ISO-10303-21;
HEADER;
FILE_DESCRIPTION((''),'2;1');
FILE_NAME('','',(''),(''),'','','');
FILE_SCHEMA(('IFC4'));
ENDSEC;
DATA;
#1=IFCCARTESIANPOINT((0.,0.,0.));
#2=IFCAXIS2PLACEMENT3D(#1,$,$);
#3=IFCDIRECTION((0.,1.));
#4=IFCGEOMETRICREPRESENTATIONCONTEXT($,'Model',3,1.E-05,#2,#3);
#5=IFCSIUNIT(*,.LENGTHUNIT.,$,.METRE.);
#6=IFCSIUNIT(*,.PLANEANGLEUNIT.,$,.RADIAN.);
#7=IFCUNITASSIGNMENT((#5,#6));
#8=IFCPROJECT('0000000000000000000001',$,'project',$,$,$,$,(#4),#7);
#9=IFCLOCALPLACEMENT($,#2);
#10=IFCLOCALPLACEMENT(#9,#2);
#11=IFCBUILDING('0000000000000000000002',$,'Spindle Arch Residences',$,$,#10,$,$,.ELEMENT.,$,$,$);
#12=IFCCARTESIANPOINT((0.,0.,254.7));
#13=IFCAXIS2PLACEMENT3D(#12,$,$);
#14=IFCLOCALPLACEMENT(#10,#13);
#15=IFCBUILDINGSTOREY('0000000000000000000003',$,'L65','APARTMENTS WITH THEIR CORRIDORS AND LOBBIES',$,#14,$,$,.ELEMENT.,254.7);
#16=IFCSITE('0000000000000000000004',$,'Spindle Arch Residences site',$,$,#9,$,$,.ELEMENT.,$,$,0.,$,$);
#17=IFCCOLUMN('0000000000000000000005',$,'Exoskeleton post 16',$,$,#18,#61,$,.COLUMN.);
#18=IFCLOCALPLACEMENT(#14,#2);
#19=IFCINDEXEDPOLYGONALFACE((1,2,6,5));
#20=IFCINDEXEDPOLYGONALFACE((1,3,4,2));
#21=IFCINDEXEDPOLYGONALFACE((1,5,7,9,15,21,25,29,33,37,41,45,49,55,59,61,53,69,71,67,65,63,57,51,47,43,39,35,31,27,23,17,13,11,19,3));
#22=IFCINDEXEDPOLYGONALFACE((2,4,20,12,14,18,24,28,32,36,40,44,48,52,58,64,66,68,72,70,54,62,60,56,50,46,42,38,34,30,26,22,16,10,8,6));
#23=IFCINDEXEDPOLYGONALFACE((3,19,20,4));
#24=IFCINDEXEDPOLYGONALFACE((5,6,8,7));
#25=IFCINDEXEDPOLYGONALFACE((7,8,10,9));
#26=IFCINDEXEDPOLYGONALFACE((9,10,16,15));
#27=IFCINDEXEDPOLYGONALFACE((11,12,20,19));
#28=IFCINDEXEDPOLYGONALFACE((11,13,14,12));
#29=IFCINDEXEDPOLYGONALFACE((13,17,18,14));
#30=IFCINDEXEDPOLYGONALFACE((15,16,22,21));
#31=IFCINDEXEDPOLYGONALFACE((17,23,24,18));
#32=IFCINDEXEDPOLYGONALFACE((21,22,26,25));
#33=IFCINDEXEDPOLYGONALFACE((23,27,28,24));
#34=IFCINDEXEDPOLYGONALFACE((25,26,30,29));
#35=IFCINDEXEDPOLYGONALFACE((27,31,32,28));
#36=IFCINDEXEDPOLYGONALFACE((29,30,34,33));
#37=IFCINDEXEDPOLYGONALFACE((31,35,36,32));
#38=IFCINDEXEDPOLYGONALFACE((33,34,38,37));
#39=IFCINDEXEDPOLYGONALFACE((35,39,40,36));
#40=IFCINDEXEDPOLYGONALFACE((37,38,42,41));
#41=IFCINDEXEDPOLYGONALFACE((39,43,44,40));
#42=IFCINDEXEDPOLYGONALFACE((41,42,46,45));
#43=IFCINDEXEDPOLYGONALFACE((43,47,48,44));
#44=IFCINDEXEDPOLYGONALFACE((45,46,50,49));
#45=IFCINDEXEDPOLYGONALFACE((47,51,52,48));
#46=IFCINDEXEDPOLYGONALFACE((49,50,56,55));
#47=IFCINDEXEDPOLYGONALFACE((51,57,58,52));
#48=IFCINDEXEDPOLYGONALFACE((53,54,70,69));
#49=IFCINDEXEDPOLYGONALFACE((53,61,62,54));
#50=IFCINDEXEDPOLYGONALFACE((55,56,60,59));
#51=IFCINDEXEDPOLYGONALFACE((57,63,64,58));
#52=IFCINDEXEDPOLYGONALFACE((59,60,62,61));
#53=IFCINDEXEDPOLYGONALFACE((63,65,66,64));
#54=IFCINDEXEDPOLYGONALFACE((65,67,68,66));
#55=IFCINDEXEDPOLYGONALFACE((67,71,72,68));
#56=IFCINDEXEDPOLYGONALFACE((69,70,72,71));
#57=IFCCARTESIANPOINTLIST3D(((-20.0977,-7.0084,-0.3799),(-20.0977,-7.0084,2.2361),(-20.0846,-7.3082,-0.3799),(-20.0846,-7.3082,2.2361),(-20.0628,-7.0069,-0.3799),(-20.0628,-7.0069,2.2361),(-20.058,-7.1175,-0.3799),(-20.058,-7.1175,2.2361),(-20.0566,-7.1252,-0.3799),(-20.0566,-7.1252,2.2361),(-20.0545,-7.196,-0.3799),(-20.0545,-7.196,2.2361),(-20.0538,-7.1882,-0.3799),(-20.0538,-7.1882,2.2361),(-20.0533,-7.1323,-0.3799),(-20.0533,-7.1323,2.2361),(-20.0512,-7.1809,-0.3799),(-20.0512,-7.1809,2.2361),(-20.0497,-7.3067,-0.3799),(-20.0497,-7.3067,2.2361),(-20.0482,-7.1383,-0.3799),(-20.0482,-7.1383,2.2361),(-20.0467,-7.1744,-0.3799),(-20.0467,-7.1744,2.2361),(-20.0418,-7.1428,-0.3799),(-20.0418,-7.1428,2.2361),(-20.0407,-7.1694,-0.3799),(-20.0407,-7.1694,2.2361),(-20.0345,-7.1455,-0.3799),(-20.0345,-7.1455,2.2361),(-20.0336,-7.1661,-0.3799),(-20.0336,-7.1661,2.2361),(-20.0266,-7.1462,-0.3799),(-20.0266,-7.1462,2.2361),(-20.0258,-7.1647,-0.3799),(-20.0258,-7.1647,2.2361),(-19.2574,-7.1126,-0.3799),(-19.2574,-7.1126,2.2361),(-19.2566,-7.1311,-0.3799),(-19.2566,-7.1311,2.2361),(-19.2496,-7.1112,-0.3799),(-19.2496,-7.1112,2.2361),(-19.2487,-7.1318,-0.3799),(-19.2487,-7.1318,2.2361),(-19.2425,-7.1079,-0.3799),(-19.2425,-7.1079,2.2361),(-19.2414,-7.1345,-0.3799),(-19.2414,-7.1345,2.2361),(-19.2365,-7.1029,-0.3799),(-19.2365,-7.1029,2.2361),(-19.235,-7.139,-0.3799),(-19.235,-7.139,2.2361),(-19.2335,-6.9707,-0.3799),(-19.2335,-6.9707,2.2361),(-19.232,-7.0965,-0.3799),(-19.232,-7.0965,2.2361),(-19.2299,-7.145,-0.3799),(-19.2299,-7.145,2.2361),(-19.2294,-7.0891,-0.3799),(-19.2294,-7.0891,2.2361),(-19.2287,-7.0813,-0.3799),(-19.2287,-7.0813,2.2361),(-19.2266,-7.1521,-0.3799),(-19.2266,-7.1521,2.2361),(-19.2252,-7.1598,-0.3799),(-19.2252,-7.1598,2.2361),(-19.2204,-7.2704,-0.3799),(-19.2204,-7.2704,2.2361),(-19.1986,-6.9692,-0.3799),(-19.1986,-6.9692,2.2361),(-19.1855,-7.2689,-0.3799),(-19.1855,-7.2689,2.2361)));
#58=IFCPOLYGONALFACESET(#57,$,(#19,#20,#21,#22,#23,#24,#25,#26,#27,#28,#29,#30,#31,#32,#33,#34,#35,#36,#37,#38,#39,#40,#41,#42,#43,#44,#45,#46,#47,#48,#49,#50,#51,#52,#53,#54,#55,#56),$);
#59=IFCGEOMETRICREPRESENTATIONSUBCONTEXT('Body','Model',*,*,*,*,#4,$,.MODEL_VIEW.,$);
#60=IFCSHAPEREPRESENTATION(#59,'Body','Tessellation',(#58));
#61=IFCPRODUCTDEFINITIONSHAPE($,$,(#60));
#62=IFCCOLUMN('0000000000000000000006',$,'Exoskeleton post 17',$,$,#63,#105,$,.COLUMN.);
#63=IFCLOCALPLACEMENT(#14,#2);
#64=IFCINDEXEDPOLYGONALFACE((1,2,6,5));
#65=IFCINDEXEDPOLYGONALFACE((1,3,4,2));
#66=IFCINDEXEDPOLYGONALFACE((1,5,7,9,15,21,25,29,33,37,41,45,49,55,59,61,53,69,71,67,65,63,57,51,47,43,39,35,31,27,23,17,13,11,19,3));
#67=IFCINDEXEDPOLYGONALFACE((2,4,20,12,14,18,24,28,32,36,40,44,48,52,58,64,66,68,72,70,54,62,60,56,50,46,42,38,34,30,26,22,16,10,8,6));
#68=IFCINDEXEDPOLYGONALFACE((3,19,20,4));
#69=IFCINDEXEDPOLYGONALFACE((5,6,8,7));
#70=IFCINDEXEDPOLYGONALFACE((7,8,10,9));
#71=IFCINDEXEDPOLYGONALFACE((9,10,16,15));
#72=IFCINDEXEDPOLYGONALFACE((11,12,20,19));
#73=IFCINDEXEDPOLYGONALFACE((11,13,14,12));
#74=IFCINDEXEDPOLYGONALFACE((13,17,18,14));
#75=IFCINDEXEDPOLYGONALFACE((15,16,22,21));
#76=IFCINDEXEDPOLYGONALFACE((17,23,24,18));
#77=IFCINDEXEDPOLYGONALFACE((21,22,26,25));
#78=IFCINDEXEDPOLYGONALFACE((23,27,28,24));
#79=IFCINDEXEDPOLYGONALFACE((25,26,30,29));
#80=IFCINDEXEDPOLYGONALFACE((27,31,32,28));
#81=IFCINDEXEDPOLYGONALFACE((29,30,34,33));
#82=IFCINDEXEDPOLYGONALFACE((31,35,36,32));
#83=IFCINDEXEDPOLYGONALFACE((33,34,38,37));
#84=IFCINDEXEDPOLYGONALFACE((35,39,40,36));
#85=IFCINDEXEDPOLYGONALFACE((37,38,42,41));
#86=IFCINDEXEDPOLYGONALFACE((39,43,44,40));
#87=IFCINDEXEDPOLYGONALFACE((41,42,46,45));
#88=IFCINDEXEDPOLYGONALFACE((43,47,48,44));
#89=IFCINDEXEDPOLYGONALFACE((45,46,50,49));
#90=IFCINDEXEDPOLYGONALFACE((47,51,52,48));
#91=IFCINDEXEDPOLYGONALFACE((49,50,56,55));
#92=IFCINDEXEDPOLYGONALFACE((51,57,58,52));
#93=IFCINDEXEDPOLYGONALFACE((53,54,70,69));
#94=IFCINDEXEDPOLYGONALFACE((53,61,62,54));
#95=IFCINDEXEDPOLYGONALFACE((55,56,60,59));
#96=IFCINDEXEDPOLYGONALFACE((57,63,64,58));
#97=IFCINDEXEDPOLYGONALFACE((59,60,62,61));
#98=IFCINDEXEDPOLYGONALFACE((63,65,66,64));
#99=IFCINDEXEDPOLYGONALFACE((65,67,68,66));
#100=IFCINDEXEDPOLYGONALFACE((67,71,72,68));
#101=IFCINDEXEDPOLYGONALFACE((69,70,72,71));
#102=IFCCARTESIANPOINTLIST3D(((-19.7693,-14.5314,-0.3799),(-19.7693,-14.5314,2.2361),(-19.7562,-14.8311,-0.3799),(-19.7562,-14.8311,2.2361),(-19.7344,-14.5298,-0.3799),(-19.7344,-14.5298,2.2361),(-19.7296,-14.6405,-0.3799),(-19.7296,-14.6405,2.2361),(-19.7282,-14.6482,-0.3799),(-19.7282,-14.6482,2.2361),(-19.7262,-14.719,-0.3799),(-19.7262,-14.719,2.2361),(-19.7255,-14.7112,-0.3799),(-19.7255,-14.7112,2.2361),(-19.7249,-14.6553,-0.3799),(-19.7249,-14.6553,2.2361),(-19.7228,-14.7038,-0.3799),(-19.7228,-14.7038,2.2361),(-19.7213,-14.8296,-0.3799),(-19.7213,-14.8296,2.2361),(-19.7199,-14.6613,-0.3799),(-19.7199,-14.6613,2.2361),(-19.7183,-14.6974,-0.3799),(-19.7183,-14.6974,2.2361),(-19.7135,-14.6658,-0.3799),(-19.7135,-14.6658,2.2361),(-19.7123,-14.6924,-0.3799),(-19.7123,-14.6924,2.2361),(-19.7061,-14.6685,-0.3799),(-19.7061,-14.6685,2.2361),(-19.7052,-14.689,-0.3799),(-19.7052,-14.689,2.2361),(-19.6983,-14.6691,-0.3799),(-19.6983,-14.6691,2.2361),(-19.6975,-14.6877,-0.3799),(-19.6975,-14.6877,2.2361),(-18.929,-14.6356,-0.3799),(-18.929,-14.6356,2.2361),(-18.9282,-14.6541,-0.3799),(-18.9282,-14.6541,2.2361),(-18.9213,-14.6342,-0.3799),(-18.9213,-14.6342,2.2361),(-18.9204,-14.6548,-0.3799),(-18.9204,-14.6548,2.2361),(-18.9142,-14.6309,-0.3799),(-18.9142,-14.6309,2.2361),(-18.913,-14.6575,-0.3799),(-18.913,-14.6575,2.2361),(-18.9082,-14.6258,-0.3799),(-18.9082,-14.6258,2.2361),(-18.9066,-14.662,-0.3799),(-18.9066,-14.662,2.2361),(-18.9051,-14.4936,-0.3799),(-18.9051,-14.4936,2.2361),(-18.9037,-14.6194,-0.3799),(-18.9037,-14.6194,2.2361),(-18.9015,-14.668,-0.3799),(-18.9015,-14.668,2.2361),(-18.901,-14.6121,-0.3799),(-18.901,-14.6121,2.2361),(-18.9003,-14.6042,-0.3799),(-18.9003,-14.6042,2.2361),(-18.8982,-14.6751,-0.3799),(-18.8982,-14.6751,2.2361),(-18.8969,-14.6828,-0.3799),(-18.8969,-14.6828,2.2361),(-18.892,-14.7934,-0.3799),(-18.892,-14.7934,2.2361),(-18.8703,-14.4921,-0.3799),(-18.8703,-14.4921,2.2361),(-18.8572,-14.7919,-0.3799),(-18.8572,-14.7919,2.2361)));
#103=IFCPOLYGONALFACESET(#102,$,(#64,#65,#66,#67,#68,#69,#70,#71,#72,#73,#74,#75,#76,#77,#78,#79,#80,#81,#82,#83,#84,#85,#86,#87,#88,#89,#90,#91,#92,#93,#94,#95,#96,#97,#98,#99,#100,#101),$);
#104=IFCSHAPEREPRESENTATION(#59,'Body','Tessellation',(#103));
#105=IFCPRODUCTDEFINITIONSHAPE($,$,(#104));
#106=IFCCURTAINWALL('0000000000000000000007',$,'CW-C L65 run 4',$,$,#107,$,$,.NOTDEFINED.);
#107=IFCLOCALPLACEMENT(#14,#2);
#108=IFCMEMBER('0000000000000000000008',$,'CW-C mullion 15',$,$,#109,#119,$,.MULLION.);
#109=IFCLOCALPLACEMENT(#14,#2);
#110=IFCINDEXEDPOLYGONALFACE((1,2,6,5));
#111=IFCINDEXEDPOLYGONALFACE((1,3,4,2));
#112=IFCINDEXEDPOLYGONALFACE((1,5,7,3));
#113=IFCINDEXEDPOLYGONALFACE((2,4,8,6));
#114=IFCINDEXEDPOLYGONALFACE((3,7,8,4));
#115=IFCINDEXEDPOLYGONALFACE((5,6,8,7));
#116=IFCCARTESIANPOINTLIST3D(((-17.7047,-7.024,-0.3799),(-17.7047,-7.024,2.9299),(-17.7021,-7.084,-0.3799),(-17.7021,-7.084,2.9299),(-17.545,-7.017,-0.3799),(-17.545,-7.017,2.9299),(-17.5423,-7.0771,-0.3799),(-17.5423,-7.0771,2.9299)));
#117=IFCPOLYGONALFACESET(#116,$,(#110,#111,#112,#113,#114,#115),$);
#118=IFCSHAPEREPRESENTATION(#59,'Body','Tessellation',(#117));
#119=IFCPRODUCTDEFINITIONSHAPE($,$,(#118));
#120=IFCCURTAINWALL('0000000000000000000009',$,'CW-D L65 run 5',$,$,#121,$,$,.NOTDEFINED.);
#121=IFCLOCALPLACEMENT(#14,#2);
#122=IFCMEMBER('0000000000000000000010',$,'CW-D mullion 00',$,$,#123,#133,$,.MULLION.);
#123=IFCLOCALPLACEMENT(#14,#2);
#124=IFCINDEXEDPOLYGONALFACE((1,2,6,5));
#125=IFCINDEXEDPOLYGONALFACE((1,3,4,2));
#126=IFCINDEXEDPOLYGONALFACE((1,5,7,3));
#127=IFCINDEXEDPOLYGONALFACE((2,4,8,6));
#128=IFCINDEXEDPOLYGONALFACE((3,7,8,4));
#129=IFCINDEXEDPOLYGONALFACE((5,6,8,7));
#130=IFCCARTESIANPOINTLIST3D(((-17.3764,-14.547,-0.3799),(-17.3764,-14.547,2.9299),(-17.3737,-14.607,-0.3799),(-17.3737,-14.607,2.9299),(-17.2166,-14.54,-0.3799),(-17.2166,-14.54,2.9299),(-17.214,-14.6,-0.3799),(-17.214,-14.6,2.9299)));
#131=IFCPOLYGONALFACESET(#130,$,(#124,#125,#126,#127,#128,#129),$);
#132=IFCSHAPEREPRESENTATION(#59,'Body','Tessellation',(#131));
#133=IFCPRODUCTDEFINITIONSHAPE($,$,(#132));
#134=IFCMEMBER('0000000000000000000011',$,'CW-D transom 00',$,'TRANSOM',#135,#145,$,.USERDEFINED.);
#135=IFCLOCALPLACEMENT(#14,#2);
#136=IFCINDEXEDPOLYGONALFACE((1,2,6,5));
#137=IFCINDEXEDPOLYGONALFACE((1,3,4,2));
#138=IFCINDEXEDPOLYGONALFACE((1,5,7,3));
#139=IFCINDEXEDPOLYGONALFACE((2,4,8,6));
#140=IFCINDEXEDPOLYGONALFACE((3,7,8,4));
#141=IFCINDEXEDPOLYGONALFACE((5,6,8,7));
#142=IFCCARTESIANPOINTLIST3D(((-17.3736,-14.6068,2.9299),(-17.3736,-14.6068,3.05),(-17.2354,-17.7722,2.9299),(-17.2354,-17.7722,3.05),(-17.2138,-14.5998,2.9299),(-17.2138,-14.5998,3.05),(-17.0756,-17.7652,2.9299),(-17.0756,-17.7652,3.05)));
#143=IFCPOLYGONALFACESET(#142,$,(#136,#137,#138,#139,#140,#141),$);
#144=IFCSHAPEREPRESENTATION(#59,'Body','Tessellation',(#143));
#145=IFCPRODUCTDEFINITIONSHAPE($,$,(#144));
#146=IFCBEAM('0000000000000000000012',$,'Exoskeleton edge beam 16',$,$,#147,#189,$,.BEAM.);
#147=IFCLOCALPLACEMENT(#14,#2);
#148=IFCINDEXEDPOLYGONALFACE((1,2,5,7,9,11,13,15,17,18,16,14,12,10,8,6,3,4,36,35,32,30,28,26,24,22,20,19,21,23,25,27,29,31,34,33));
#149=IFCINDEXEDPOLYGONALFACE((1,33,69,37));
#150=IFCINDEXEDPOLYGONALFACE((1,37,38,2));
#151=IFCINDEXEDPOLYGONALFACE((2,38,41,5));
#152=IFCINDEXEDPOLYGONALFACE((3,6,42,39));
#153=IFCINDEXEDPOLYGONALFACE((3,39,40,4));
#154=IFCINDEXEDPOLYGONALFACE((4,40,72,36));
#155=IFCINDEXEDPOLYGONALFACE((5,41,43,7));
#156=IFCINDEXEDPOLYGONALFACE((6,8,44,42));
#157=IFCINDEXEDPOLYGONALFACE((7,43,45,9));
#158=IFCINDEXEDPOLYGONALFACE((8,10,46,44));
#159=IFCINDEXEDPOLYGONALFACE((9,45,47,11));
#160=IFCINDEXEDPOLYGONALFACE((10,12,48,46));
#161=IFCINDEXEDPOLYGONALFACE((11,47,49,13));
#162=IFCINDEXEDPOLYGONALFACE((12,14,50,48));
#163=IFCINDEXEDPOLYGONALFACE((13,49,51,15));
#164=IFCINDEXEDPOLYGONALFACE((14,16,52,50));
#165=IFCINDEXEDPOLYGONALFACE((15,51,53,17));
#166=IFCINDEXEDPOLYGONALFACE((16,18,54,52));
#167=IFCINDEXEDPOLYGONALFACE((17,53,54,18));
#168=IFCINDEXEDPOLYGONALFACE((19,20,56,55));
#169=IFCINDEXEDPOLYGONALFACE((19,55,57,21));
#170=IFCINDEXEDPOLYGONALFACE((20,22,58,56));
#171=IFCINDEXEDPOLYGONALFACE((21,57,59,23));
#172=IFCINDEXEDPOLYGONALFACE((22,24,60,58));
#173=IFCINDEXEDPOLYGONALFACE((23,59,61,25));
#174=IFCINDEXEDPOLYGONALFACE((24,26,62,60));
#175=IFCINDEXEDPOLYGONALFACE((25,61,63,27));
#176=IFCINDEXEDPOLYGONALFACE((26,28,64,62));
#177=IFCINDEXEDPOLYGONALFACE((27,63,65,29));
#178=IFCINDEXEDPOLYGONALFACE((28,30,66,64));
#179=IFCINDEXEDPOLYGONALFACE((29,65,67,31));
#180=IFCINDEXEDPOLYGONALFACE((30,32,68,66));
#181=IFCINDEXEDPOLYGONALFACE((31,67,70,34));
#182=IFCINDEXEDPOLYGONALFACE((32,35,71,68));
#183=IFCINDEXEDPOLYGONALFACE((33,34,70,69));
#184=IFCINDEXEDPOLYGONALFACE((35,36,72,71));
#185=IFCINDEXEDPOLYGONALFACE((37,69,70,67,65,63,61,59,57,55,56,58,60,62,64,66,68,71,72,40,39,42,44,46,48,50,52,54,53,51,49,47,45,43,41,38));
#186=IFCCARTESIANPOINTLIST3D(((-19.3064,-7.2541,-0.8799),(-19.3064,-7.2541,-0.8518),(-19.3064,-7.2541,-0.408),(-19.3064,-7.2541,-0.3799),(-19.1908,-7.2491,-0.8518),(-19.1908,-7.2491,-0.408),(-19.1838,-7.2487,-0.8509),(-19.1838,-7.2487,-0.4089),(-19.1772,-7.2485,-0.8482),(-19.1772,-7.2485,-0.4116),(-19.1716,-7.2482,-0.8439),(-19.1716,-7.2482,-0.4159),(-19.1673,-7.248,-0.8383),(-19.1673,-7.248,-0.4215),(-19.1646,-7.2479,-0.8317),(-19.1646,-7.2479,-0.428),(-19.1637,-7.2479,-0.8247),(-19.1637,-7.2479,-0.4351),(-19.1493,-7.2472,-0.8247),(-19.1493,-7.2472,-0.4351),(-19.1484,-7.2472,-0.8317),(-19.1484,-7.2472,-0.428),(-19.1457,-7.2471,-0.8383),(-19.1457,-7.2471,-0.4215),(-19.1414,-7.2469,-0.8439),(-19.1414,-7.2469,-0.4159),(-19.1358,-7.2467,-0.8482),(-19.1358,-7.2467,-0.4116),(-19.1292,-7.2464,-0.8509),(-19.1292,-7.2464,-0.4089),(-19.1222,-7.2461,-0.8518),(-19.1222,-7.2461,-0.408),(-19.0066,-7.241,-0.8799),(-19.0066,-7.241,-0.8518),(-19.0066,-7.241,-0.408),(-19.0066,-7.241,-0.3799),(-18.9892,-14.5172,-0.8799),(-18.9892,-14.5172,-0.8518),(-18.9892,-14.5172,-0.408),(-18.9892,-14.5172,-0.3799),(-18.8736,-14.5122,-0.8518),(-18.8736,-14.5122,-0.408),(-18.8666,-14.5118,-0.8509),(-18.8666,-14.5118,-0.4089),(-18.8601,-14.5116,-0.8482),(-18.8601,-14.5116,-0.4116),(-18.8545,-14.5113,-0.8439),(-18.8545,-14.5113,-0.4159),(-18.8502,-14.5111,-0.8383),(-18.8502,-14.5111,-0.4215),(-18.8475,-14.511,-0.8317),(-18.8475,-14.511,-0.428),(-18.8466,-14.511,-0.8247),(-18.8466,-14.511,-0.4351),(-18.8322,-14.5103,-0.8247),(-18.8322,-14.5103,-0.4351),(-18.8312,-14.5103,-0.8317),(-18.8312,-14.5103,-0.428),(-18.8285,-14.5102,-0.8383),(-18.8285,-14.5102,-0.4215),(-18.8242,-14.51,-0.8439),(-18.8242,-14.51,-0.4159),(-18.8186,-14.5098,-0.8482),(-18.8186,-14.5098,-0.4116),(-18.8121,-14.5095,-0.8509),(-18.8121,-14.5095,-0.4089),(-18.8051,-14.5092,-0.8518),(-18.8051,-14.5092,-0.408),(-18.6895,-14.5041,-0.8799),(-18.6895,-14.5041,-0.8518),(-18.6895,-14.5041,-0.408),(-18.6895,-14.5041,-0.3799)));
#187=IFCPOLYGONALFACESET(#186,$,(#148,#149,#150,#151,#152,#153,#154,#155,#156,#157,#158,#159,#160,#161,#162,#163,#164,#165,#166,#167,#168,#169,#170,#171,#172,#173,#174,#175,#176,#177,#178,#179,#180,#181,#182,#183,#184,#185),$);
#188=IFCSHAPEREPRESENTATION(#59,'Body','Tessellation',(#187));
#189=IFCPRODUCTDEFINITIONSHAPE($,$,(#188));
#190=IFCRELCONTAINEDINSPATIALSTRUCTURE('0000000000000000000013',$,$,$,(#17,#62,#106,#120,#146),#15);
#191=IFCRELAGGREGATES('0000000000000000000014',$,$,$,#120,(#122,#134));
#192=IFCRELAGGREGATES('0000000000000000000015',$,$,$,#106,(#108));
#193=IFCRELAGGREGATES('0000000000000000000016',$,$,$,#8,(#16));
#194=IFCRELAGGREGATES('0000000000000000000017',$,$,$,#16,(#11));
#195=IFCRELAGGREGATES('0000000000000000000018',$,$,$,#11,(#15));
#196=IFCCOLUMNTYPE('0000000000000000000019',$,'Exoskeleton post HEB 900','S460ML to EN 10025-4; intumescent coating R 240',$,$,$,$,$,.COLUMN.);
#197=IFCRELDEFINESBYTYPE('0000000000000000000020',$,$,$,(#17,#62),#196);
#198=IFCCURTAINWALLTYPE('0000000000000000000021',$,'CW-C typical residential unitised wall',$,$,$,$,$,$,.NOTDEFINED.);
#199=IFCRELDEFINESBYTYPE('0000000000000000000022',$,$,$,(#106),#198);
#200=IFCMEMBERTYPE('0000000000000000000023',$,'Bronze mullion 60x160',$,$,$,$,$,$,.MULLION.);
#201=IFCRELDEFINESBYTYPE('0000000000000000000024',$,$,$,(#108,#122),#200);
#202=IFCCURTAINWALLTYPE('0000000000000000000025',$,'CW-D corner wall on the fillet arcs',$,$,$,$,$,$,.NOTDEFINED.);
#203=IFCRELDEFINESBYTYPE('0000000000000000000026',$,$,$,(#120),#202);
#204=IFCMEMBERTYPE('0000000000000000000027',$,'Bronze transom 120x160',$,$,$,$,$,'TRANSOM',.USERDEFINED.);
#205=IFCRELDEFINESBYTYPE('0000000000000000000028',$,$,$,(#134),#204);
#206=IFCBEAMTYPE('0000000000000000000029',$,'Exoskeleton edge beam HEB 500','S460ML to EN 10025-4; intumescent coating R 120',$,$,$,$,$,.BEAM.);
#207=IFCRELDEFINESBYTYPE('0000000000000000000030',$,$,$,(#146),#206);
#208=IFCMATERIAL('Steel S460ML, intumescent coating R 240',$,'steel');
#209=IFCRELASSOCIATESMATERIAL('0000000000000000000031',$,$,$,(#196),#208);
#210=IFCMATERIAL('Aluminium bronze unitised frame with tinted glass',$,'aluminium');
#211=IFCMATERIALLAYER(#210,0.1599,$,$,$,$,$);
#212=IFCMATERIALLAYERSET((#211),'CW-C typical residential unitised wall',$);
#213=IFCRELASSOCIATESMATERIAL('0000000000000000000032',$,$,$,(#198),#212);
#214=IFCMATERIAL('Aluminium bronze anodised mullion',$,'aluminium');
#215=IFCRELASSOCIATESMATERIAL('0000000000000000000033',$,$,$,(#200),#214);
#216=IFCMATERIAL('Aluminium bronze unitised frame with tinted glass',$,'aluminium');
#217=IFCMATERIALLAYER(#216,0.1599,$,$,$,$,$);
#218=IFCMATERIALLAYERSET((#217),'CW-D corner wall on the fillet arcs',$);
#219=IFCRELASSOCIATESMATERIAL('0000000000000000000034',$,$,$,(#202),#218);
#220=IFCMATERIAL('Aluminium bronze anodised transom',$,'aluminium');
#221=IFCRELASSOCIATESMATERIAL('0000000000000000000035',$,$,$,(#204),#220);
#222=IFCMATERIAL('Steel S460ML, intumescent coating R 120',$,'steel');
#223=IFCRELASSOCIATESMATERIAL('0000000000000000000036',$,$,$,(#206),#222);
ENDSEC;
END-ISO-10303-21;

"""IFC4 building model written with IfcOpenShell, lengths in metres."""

from ifc_helpers import new_model, si_unit, direction, frame, origin, origin_2d, place, context, subcontext, project, spatial, rectangle, i_section, extrude, material, layer, layer_set, material_profile, profile_set, type_object, element, aggregate, save


model = new_model("IFC4")

# Units and contexts
model_context = context("Model", 3, precision=1e-05, world=origin(), true_north=direction((0.0, 1.0)))
body_context = subcontext(model_context, "Body", "Model", "MODEL_VIEW")
ifc_project = project(units=[si_unit("LENGTHUNIT", "METRE"), si_unit("PLANEANGLEUNIT", "RADIAN")], contexts=[model_context])

# Site, building, storey
site_placement = place(None, origin())
site = spatial("IfcSite", under=ifc_project, at=site_placement, Name="Spindle Arch Residences site", CompositionType="ELEMENT", RefElevation=0.0)
building_placement = place(site_placement, origin())
building = spatial("IfcBuilding", under=site, at=building_placement, Name="Spindle Arch Residences", CompositionType="ELEMENT")
storey_placement = place(building_placement, frame((0.0, 0.0, 254.7)))
storey = spatial("IfcBuildingStorey", under=building, at=storey_placement, Name="L65", Description="APARTMENTS WITH THEIR CORRIDORS AND LOBBIES", CompositionType="ELEMENT", Elevation=254.7)

# Columns
ifc_material_1 = material(Name="Steel S460ML, intumescent coating R 240", Category="steel")
ifc_material_profile_1 = material_profile(ifc_material_1, i_section(OverallWidth=0.3, OverallDepth=0.8999, WebThickness=0.0186, FlangeThickness=0.0349, FilletRadius=0.03, at=origin_2d()), Name="HEB 900")
ifc_profile_set_1 = profile_set([ifc_material_profile_1], Name="Steel S460ML, intumescent coating R 240")
column_type = type_object("IfcColumnType", Name="Exoskeleton post HEB 900", Description="S460ML to EN 10025-4; intumescent coating R 240", PredefinedType="COLUMN", material=ifc_profile_set_1)
for number, where, z_axis, x_axis, name in (
    (1, (-19.6416, -7.1387, -0.3799), (0.0, 0.0, 1.0), (-0.043619, 0.999048, 0.0), "Exoskeleton post 16"),
    (2, (-19.3132, -14.6616, -0.3799), (0.0, 0.0, 1.0), (-0.043619, 0.999048, 0.0), "Exoskeleton post 17"),
):
    element("IfcColumn", number, at=place(storey_placement, frame(where, z_axis=z_axis, x_axis=x_axis)), inside=storey, type_object=column_type, Name=name, PredefinedType="COLUMN", context=body_context, shape_type="SweptSolid", body=[
        extrude(i_section(OverallWidth=0.3, OverallDepth=0.8999, WebThickness=0.0186, FlangeThickness=0.0349, FilletRadius=0.03, at=origin_2d()), origin(), (0.0, 0.0, 1.0), 2.616),
    ])

# Curtain wall, member
ifc_material_2 = material(Name="Aluminium bronze unitised frame with tinted glass", Category="aluminium")
ifc_layer_1 = layer(ifc_material_2, 0.1599)
ifc_layer_set_1 = layer_set([ifc_layer_1], Name="CW-C typical residential unitised wall")
curtain_wall_type_1 = type_object("IfcCurtainWallType", Name="CW-C typical residential unitised wall", PredefinedType="NOTDEFINED", material=ifc_layer_set_1)
curtain_wall_1_placement = place(storey_placement, origin())
curtain_wall_1 = element("IfcCurtainWall", 3, at=curtain_wall_1_placement, inside=storey, type_object=curtain_wall_type_1, Name="CW-C L65 run 4", PredefinedType="NOTDEFINED")
ifc_material_3 = material(Name="Aluminium bronze anodised mullion", Category="aluminium")
ifc_material_profile_2 = material_profile(ifc_material_3, rectangle(XDim=0.1599, YDim=0.0601, at=origin_2d()), Name="MU 60x160")
ifc_profile_set_2 = profile_set([ifc_material_profile_2], Name="Aluminium bronze anodised mullion")
member_type_1 = type_object("IfcMemberType", Name="Bronze mullion 60x160", PredefinedType="MULLION", material=ifc_profile_set_2)
member_1_placement = place(storey_placement, frame((-17.6235, -7.0505, -0.3799), z_axis=(0.0, 0.0, 1.0), x_axis=(0.999048, 0.043619, 0.0)))
member_1 = element("IfcMember", 4, at=member_1_placement, type_object=member_type_1, Name="CW-C mullion 15", PredefinedType="MULLION", context=body_context, shape_type="SweptSolid", body=[
    extrude(rectangle(XDim=0.1599, YDim=0.0601, at=origin_2d()), origin(), (0.0, 0.0, 1.0), 3.3098),
])

# Curtain wall, members
ifc_material_4 = material(Name="Aluminium bronze unitised frame with tinted glass", Category="aluminium")
ifc_layer_2 = layer(ifc_material_4, 0.1599)
ifc_layer_set_2 = layer_set([ifc_layer_2], Name="CW-D corner wall on the fillet arcs")
curtain_wall_type_2 = type_object("IfcCurtainWallType", Name="CW-D corner wall on the fillet arcs", PredefinedType="NOTDEFINED", material=ifc_layer_set_2)
curtain_wall_2_placement = place(storey_placement, origin())
curtain_wall_2 = element("IfcCurtainWall", 5, at=curtain_wall_2_placement, inside=storey, type_object=curtain_wall_type_2, Name="CW-D L65 run 5", PredefinedType="NOTDEFINED")
member_2_placement = place(storey_placement, frame((-17.2952, -14.5735, -0.3799), z_axis=(0.0, 0.0, 1.0), x_axis=(0.999048, 0.043619, 0.0)))
member_2 = element("IfcMember", 6, at=member_2_placement, type_object=member_type_1, Name="CW-D mullion 00", PredefinedType="MULLION", context=body_context, shape_type="SweptSolid", body=[
    extrude(rectangle(XDim=0.1599, YDim=0.0601, at=origin_2d()), origin(), (0.0, 0.0, 1.0), 3.3098),
])
ifc_material_5 = material(Name="Aluminium bronze anodised transom", Category="aluminium")
ifc_material_profile_3 = material_profile(ifc_material_5, rectangle(XDim=0.1599, YDim=0.1201, at=origin_2d()), Name="TR 120x160")
ifc_profile_set_3 = profile_set([ifc_material_profile_3], Name="Aluminium bronze anodised transom")
member_type_2 = type_object("IfcMemberType", Name="Bronze transom 120x160", ElementType="TRANSOM", PredefinedType="USERDEFINED", material=ifc_profile_set_3)
member_3_placement = place(storey_placement, frame((-17.2937, -14.6033, 2.99), z_axis=(0.043611, -0.999049, 0.0), x_axis=(0.999049, 0.043611, 0.0)))
member_3 = element("IfcMember", 7, at=member_3_placement, type_object=member_type_2, Name="CW-D transom 00", ObjectType="TRANSOM", PredefinedType="USERDEFINED", context=body_context, shape_type="SweptSolid", body=[
    extrude(rectangle(XDim=0.1599, YDim=0.1201, at=origin_2d()), origin(), (0.0, 0.0, 1.0), 3.1685),
])
aggregate(curtain_wall_2, [member_2, member_3])

# Beam
ifc_material_6 = material(Name="Steel S460ML, intumescent coating R 120", Category="steel")
ifc_material_profile_4 = material_profile(ifc_material_6, i_section(OverallWidth=0.3, OverallDepth=0.5, WebThickness=0.0144, FlangeThickness=0.0281, FilletRadius=0.0271, at=origin_2d()), Name="HEB 500")
ifc_profile_set_4 = profile_set([ifc_material_profile_4], Name="Steel S460ML, intumescent coating R 120")
beam_type_1 = type_object("IfcBeamType", Name="Exoskeleton edge beam HEB 500", Description="S460ML to EN 10025-4; intumescent coating R 120", PredefinedType="BEAM", material=ifc_profile_set_4)
beam_1_placement = place(storey_placement, frame((-19.1565, -7.2476, -0.6299), z_axis=(0.043622, -0.999048, 0.0), x_axis=(0.999048, 0.043622, 0.0)))
element("IfcBeam", 8, at=beam_1_placement, inside=storey, type_object=beam_type_1, Name="Exoskeleton edge beam 16", PredefinedType="BEAM", context=body_context, shape_type="SweptSolid", body=[
    extrude(i_section(OverallWidth=0.3, OverallDepth=0.5, WebThickness=0.0144, FlangeThickness=0.0281, FilletRadius=0.0271, at=origin_2d()), origin(), (0.0, 0.0, 1.0), 7.27),
])

aggregate(curtain_wall_1, [member_1])

save(model, "model.ifc")
